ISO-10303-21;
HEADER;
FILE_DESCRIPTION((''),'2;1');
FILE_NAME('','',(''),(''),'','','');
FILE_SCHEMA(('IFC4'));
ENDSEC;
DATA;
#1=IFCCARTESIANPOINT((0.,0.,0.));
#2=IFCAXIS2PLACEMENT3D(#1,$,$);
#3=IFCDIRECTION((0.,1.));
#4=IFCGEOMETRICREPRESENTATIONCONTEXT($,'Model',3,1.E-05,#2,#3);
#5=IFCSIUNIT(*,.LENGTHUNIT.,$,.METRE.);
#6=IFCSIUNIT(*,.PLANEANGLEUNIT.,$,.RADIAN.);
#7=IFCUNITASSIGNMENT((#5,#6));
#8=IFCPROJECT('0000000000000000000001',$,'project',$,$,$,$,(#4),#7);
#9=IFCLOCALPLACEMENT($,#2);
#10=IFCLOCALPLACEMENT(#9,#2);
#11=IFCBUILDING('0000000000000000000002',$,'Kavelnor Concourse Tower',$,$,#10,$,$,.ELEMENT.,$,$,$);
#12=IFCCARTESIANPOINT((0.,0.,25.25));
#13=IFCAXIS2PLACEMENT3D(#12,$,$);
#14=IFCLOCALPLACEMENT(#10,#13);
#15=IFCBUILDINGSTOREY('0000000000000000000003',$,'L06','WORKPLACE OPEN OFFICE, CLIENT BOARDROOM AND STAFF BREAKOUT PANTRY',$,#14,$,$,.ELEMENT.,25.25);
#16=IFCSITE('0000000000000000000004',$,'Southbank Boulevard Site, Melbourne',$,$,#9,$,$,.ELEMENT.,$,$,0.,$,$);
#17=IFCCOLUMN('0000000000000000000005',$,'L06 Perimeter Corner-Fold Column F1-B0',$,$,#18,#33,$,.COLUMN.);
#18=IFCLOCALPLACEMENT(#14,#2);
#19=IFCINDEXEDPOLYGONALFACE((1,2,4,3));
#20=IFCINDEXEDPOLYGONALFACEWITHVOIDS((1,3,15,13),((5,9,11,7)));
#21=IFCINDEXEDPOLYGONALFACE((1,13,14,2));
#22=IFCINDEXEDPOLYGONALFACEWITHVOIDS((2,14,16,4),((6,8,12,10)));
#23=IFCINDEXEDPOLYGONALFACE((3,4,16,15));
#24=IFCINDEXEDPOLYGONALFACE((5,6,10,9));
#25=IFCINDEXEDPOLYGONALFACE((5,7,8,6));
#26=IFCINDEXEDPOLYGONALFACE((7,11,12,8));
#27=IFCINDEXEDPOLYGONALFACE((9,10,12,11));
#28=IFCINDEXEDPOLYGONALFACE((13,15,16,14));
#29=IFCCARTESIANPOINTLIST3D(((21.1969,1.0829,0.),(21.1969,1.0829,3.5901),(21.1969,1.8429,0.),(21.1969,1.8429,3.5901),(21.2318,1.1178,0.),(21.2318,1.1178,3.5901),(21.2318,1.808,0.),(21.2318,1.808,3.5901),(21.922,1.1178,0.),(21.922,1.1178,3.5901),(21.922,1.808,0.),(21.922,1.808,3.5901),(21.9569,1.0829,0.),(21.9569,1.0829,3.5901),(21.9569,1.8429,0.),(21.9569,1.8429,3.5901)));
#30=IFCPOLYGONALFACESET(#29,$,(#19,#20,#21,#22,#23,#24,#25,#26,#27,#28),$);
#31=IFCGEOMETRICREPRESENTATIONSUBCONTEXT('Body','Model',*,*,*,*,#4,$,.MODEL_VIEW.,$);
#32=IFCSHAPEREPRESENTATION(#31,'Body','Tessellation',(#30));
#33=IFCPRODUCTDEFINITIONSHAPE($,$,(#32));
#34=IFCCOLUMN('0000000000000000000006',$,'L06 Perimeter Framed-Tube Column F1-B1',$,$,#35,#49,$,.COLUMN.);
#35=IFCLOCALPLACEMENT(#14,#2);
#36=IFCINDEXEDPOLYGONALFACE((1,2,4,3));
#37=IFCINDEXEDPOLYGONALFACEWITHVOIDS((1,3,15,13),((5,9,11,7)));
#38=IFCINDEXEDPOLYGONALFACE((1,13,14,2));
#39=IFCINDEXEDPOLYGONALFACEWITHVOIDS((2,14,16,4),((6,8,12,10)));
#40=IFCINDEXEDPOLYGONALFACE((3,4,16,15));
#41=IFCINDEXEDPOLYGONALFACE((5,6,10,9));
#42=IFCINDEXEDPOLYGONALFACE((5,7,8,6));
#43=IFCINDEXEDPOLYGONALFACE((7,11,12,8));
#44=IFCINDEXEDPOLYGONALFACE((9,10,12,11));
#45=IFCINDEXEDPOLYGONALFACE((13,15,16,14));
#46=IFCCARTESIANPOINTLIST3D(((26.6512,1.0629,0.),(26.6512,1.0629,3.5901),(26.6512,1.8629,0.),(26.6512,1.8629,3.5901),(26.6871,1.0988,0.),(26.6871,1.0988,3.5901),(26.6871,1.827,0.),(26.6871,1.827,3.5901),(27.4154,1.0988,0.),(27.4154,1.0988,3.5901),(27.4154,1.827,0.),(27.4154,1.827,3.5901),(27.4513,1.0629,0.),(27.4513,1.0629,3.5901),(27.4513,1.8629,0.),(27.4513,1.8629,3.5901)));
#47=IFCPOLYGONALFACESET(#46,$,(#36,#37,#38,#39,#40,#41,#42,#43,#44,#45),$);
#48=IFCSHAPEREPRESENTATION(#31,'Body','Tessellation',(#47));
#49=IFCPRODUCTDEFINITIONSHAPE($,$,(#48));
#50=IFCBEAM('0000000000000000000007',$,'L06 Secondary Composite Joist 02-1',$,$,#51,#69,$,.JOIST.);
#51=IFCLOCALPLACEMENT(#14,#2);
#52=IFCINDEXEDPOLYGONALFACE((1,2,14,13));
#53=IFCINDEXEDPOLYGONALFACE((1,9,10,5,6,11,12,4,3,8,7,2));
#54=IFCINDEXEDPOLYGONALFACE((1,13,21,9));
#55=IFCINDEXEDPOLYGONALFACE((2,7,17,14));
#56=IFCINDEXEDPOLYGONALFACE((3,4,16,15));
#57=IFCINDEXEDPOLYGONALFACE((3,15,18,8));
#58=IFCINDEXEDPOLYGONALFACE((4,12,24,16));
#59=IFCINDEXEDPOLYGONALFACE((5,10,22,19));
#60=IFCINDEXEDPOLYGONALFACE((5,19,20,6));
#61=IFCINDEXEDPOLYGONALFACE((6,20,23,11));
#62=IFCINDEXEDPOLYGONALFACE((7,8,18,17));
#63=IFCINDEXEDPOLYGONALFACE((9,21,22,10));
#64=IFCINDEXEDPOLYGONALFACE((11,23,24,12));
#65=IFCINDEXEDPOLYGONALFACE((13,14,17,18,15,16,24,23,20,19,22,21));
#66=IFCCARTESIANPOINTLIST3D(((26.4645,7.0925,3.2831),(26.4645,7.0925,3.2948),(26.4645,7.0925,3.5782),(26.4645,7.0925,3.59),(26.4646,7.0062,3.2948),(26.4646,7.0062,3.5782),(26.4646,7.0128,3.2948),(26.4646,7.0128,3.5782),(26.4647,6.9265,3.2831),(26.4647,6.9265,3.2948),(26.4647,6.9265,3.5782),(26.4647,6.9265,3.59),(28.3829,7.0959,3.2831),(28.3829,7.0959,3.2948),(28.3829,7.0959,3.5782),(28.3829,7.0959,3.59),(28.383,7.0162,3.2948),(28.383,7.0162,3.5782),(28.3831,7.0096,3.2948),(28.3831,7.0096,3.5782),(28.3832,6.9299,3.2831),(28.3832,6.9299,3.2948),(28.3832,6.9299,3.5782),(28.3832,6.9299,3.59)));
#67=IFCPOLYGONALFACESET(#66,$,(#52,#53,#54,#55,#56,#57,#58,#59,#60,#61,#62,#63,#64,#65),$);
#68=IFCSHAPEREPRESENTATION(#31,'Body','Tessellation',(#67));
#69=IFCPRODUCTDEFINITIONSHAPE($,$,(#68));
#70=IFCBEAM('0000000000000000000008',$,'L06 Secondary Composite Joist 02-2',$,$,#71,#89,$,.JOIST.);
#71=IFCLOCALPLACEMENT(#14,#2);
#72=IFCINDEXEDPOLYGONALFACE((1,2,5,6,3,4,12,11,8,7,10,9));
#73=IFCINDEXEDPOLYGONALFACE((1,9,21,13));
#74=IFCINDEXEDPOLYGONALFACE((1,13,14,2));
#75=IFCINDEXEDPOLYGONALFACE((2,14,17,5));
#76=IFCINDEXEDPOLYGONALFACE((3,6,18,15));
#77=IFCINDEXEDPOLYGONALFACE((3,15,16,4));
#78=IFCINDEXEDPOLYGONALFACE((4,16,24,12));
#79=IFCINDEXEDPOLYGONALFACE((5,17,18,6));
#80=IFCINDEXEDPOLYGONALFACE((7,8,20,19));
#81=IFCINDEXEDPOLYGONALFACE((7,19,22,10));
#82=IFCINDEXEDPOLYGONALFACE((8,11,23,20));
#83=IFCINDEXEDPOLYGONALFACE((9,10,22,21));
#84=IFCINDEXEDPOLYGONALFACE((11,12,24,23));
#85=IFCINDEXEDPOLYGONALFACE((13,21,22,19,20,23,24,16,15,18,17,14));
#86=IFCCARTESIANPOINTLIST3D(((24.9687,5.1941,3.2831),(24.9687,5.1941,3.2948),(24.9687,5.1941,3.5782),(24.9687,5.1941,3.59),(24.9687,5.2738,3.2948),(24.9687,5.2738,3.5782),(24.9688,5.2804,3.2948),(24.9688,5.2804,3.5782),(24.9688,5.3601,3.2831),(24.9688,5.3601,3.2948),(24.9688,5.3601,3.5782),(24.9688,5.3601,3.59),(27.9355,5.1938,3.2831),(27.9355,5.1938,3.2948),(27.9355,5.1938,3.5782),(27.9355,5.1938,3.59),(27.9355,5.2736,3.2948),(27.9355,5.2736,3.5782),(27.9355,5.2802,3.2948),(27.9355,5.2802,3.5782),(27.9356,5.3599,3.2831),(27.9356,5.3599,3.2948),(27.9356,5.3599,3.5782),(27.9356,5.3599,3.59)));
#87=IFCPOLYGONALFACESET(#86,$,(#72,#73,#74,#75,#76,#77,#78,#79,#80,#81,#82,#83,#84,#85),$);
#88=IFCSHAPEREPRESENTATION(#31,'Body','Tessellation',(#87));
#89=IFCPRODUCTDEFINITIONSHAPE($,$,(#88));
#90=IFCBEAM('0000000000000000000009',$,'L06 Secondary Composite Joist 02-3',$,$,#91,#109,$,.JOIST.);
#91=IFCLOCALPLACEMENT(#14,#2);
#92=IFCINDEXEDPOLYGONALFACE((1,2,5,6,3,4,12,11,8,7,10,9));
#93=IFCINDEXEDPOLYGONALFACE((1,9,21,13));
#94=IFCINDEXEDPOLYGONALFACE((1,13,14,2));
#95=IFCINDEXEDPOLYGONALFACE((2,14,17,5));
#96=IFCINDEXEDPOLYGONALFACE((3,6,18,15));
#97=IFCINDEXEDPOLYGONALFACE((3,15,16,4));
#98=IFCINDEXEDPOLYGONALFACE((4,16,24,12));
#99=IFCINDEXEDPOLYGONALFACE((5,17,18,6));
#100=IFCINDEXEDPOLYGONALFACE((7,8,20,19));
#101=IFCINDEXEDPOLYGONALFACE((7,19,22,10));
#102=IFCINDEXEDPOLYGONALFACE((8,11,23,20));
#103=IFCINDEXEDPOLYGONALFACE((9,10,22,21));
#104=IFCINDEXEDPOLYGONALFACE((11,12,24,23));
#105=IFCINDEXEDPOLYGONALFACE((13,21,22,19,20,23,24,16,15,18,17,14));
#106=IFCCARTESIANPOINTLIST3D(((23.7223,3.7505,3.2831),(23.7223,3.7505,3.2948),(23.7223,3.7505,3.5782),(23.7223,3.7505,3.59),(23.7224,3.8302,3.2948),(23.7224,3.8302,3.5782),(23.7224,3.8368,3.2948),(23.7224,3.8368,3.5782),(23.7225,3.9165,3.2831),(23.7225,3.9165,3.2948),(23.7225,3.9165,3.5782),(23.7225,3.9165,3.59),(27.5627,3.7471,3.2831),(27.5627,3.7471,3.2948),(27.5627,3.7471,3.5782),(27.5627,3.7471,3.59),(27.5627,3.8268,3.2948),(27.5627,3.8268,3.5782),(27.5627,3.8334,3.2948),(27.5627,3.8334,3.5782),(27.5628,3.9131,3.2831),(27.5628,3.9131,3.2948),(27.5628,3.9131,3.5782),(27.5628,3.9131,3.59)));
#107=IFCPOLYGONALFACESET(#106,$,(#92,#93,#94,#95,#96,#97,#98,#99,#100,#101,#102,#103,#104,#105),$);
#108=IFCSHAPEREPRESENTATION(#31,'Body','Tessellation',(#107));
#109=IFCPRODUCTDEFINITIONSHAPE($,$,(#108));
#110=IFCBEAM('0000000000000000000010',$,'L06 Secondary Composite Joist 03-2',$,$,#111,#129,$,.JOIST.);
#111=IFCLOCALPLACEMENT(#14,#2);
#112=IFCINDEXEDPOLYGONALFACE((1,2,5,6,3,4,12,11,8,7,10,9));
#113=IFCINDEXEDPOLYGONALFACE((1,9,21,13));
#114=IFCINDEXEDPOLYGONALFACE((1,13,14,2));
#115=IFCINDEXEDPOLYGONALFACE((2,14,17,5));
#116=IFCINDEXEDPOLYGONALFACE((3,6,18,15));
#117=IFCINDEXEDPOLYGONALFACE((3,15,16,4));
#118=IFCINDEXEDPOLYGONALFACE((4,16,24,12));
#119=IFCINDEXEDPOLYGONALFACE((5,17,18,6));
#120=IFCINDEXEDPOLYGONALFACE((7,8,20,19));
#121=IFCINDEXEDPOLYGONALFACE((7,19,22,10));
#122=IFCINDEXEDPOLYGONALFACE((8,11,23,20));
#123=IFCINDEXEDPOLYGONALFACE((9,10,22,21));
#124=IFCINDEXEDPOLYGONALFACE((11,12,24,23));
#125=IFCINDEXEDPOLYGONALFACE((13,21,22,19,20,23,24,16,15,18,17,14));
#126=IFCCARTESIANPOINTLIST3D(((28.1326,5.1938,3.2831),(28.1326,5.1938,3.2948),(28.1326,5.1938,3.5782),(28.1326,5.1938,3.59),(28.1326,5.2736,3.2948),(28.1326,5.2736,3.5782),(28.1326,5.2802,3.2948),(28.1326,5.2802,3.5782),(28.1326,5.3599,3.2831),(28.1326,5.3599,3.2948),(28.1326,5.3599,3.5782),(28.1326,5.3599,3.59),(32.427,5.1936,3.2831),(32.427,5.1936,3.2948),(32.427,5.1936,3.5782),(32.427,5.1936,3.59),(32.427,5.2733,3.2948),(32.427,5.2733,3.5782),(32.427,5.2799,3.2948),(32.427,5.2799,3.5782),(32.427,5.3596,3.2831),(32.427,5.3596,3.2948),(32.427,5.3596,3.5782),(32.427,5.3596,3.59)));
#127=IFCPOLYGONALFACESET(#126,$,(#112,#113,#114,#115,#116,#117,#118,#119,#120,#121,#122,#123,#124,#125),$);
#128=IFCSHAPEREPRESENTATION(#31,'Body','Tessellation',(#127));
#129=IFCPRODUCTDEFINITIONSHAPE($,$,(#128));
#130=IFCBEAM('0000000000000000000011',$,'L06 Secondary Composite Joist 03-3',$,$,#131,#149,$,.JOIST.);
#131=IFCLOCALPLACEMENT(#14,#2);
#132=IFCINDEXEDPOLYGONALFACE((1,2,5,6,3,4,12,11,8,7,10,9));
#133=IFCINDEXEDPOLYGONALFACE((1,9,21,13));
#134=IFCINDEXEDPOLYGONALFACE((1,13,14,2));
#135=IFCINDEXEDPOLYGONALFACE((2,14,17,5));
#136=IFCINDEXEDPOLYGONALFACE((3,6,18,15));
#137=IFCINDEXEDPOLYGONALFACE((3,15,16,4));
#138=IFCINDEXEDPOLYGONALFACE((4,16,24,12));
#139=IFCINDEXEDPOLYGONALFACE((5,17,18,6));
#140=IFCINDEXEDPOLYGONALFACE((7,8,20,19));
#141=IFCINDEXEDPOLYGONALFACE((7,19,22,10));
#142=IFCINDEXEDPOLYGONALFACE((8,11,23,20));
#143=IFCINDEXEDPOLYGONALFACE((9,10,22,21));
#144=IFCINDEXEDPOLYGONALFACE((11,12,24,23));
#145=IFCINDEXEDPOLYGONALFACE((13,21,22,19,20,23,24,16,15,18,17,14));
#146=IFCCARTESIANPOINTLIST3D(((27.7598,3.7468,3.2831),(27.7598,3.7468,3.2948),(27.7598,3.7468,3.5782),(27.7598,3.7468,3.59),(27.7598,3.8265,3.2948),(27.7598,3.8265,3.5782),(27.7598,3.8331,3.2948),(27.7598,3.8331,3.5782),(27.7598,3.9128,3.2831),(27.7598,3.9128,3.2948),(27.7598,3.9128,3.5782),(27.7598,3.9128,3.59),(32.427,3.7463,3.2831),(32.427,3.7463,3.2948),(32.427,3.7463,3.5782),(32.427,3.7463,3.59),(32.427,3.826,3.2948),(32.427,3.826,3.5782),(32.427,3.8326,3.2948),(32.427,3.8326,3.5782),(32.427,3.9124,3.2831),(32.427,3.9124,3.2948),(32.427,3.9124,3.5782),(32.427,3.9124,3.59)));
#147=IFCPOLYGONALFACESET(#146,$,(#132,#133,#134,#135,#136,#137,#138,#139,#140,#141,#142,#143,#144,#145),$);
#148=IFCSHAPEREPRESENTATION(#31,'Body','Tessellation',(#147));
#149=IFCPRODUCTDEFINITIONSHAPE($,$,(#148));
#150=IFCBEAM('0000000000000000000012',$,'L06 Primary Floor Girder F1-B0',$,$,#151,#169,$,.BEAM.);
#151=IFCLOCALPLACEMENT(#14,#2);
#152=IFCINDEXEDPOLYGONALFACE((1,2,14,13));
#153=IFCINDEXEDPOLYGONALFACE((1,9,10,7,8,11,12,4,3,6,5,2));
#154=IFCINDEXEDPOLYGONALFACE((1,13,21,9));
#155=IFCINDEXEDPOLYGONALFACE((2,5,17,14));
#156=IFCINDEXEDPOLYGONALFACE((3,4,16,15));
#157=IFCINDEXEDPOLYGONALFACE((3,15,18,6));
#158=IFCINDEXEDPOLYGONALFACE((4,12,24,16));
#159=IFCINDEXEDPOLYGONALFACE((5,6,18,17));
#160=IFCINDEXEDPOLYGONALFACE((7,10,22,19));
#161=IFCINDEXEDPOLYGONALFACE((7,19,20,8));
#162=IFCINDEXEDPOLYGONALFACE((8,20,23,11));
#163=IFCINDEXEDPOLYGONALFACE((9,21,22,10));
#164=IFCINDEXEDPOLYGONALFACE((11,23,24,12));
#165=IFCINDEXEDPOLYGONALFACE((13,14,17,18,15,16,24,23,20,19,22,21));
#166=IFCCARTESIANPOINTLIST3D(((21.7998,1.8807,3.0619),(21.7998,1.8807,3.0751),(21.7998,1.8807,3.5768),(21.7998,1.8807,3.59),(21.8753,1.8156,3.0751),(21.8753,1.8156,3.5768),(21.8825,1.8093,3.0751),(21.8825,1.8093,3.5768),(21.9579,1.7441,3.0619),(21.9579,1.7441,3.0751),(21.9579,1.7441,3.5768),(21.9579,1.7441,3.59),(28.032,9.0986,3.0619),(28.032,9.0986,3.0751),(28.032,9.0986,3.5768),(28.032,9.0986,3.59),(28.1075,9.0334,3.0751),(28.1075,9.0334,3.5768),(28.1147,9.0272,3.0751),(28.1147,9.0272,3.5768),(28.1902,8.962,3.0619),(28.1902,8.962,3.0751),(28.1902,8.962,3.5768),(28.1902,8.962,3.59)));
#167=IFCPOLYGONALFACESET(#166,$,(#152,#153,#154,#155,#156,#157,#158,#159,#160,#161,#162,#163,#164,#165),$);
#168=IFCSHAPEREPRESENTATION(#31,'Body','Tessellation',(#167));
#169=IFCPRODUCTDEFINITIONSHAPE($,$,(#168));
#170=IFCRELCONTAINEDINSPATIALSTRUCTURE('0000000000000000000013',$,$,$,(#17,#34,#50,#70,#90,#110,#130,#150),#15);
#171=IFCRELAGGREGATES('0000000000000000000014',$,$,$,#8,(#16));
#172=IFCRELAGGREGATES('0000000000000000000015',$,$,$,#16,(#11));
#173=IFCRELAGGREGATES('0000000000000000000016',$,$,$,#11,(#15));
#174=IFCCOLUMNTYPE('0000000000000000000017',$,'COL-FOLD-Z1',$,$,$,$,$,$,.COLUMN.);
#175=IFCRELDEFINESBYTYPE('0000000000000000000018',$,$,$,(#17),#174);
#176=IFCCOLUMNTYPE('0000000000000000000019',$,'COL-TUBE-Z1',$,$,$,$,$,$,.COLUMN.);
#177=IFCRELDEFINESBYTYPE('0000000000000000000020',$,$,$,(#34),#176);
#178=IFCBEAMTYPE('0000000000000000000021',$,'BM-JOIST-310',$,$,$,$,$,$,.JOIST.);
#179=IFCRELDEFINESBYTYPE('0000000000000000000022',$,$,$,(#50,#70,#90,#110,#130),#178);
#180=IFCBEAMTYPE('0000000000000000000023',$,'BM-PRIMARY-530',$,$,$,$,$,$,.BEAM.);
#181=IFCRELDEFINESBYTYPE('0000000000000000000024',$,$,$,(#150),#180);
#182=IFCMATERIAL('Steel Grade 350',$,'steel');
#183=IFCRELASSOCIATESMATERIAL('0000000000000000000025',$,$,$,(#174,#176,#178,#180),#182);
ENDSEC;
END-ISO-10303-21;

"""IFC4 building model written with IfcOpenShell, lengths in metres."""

from ifc_helpers import new_model, si_unit, direction, frame, origin, origin_2d, place, context, subcontext, project, spatial, hollow_rectangle, i_section, extrude, material, material_profile, profile_set, type_object, element, save


model = new_model("IFC4")

# Units and contexts
model_context = context("Model", 3, precision=1e-05, world=origin(), true_north=direction((0.0, 1.0)))
body_context = subcontext(model_context, "Body", "Model", "MODEL_VIEW")
ifc_project = project(units=[si_unit("LENGTHUNIT", "METRE"), si_unit("PLANEANGLEUNIT", "RADIAN")], contexts=[model_context])

# Site, building, storey
site_placement = place(None, origin())
site = spatial("IfcSite", under=ifc_project, at=site_placement, Name="Southbank Boulevard Site, Melbourne", CompositionType="ELEMENT", RefElevation=0.0)
building_placement = place(site_placement, origin())
building = spatial("IfcBuilding", under=site, at=building_placement, Name="Kavelnor Concourse Tower", CompositionType="ELEMENT")
storey_placement = place(building_placement, frame((0.0, 0.0, 25.25)))
storey = spatial("IfcBuildingStorey", under=building, at=storey_placement, Name="L06", Description="WORKPLACE OPEN OFFICE, CLIENT BOARDROOM AND STAFF BREAKOUT PANTRY", CompositionType="ELEMENT", Elevation=25.25)

# Columns
ifc_material_1 = material(Name="Steel Grade 350", Category="steel")
ifc_material_profile_1 = material_profile(ifc_material_1, hollow_rectangle(XDim=0.76, YDim=0.76, WallThickness=0.0349, at=origin_2d()), Name="SHS 760x760x35")
ifc_profile_set_1 = profile_set([ifc_material_profile_1], Name="Steel Grade 350")
column_type_1 = type_object("IfcColumnType", Name="COL-FOLD-Z1", PredefinedType="COLUMN", material=ifc_profile_set_1)
column_1_placement = place(storey_placement, frame((21.5769, 1.4629, 0.0), z_axis=(0.0, 0.0, 1.0), x_axis=(1.0, 0.0, 0.0)))
element("IfcColumn", 1, at=column_1_placement, inside=storey, type_object=column_type_1, Name="L06 Perimeter Corner-Fold Column F1-B0", PredefinedType="COLUMN", context=body_context, shape_type="SweptSolid", body=[
    extrude(hollow_rectangle(XDim=0.76, YDim=0.76, WallThickness=0.0349, at=origin_2d()), origin(), (0.0, 0.0, 1.0), 3.5901),
])
ifc_material_profile_2 = material_profile(ifc_material_1, hollow_rectangle(XDim=0.8, YDim=0.8, WallThickness=0.0359, at=origin_2d()), Name="SHS 800x800x36")
ifc_profile_set_2 = profile_set([ifc_material_profile_2], Name="Steel Grade 350")
column_type_2 = type_object("IfcColumnType", Name="COL-TUBE-Z1", PredefinedType="COLUMN", material=ifc_profile_set_2)
column_2_placement = place(storey_placement, frame((27.0513, 1.4629, 0.0), z_axis=(0.0, 0.0, 1.0), x_axis=(1.0, 0.0, 0.0)))
element("IfcColumn", 2, at=column_2_placement, inside=storey, type_object=column_type_2, Name="L06 Perimeter Framed-Tube Column F1-B1", PredefinedType="COLUMN", context=body_context, shape_type="SweptSolid", body=[
    extrude(hollow_rectangle(XDim=0.8, YDim=0.8, WallThickness=0.0359, at=origin_2d()), origin(), (0.0, 0.0, 1.0), 3.5901),
])

# Beams
ifc_material_profile_3 = material_profile(ifc_material_1, i_section(OverallWidth=0.166, OverallDepth=0.3069, WebThickness=0.0066, FlangeThickness=0.0117, at=origin_2d()), Name="310UB46")
ifc_profile_set_3 = profile_set([ifc_material_profile_3], Name="Steel Grade 350")
beam_type_1 = type_object("IfcBeamType", Name="BM-JOIST-310", PredefinedType="JOIST", material=ifc_profile_set_3)
beam_1_placement = place(storey_placement, frame((26.4646, 7.0095, 3.4365), z_axis=(0.999998, 0.001782, 0.0), x_axis=(-0.001782, 0.999998, 0.0)))
element("IfcBeam", 3, at=beam_1_placement, inside=storey, type_object=beam_type_1, Name="L06 Secondary Composite Joist 02-1", PredefinedType="JOIST", context=body_context, shape_type="SweptSolid", body=[
    extrude(i_section(OverallWidth=0.166, OverallDepth=0.3069, WebThickness=0.0066, FlangeThickness=0.0117, at=origin_2d()), origin(), (0.0, 0.0, 1.0), 1.9185),
])
beam_2_placement = place(storey_placement, frame((24.9688, 5.2771, 3.4365), z_axis=(1.0, -0.000082, 0.0), x_axis=(0.000082, 1.0, 0.0)))
element("IfcBeam", 4, at=beam_2_placement, inside=storey, type_object=beam_type_1, Name="L06 Secondary Composite Joist 02-2", PredefinedType="JOIST", context=body_context, shape_type="SweptSolid", body=[
    extrude(i_section(OverallWidth=0.166, OverallDepth=0.3069, WebThickness=0.0066, FlangeThickness=0.0117, at=origin_2d()), origin(), (0.0, 0.0, 1.0), 2.9668),
])
beam_3_placement = place(storey_placement, frame((23.7224, 3.8335, 3.4365), z_axis=(1.0, -0.00089, 0.0), x_axis=(0.00089, 1.0, 0.0)))
element("IfcBeam", 5, at=beam_3_placement, inside=storey, type_object=beam_type_1, Name="L06 Secondary Composite Joist 02-3", PredefinedType="JOIST", context=body_context, shape_type="SweptSolid", body=[
    extrude(i_section(OverallWidth=0.166, OverallDepth=0.3069, WebThickness=0.0066, FlangeThickness=0.0117, at=origin_2d()), origin(), (0.0, 0.0, 1.0), 3.8403),
])
beam_4_placement = place(storey_placement, frame((28.1326, 5.2769, 3.4365), z_axis=(1.0, -0.000057, 0.0), x_axis=(0.000057, 1.0, 0.0)))
element("IfcBeam", 6, at=beam_4_placement, inside=storey, type_object=beam_type_1, Name="L06 Secondary Composite Joist 03-2", PredefinedType="JOIST", context=body_context, shape_type="SweptSolid", body=[
    extrude(i_section(OverallWidth=0.166, OverallDepth=0.3069, WebThickness=0.0066, FlangeThickness=0.0117, at=origin_2d()), origin(), (0.0, 0.0, 1.0), 4.2944),
])
beam_5_placement = place(storey_placement, frame((27.7598, 3.8298, 3.4365), z_axis=(1.0, -0.000105, 0.0), x_axis=(0.000105, 1.0, 0.0)))
element("IfcBeam", 7, at=beam_5_placement, inside=storey, type_object=beam_type_1, Name="L06 Secondary Composite Joist 03-3", PredefinedType="JOIST", context=body_context, shape_type="SweptSolid", body=[
    extrude(i_section(OverallWidth=0.166, OverallDepth=0.3069, WebThickness=0.0066, FlangeThickness=0.0117, at=origin_2d()), origin(), (0.0, 0.0, 1.0), 4.6672),
])
ifc_material_profile_4 = material_profile(ifc_material_1, i_section(OverallWidth=0.209, OverallDepth=0.5281, WebThickness=0.0095, FlangeThickness=0.0132, at=origin_2d()), Name="530UB82")
ifc_profile_set_4 = profile_set([ifc_material_profile_4], Name="Steel Grade 350")
beam_type_2 = type_object("IfcBeamType", Name="BM-PRIMARY-530", PredefinedType="BEAM", material=ifc_profile_set_4)
beam_6_placement = place(storey_placement, frame((28.1111, 9.0303, 3.3259), z_axis=(-0.653539, -0.756893, 0.0), x_axis=(0.756893, -0.653539, 0.0)))
element("IfcBeam", 8, at=beam_6_placement, inside=storey, type_object=beam_type_2, Name="L06 Primary Floor Girder F1-B0", PredefinedType="BEAM", context=body_context, shape_type="SweptSolid", body=[
    extrude(i_section(OverallWidth=0.209, OverallDepth=0.5281, WebThickness=0.0095, FlangeThickness=0.0132, at=origin_2d()), origin(), (0.0, 0.0, 1.0), 9.5361),
])

save(model, "model.ifc")
